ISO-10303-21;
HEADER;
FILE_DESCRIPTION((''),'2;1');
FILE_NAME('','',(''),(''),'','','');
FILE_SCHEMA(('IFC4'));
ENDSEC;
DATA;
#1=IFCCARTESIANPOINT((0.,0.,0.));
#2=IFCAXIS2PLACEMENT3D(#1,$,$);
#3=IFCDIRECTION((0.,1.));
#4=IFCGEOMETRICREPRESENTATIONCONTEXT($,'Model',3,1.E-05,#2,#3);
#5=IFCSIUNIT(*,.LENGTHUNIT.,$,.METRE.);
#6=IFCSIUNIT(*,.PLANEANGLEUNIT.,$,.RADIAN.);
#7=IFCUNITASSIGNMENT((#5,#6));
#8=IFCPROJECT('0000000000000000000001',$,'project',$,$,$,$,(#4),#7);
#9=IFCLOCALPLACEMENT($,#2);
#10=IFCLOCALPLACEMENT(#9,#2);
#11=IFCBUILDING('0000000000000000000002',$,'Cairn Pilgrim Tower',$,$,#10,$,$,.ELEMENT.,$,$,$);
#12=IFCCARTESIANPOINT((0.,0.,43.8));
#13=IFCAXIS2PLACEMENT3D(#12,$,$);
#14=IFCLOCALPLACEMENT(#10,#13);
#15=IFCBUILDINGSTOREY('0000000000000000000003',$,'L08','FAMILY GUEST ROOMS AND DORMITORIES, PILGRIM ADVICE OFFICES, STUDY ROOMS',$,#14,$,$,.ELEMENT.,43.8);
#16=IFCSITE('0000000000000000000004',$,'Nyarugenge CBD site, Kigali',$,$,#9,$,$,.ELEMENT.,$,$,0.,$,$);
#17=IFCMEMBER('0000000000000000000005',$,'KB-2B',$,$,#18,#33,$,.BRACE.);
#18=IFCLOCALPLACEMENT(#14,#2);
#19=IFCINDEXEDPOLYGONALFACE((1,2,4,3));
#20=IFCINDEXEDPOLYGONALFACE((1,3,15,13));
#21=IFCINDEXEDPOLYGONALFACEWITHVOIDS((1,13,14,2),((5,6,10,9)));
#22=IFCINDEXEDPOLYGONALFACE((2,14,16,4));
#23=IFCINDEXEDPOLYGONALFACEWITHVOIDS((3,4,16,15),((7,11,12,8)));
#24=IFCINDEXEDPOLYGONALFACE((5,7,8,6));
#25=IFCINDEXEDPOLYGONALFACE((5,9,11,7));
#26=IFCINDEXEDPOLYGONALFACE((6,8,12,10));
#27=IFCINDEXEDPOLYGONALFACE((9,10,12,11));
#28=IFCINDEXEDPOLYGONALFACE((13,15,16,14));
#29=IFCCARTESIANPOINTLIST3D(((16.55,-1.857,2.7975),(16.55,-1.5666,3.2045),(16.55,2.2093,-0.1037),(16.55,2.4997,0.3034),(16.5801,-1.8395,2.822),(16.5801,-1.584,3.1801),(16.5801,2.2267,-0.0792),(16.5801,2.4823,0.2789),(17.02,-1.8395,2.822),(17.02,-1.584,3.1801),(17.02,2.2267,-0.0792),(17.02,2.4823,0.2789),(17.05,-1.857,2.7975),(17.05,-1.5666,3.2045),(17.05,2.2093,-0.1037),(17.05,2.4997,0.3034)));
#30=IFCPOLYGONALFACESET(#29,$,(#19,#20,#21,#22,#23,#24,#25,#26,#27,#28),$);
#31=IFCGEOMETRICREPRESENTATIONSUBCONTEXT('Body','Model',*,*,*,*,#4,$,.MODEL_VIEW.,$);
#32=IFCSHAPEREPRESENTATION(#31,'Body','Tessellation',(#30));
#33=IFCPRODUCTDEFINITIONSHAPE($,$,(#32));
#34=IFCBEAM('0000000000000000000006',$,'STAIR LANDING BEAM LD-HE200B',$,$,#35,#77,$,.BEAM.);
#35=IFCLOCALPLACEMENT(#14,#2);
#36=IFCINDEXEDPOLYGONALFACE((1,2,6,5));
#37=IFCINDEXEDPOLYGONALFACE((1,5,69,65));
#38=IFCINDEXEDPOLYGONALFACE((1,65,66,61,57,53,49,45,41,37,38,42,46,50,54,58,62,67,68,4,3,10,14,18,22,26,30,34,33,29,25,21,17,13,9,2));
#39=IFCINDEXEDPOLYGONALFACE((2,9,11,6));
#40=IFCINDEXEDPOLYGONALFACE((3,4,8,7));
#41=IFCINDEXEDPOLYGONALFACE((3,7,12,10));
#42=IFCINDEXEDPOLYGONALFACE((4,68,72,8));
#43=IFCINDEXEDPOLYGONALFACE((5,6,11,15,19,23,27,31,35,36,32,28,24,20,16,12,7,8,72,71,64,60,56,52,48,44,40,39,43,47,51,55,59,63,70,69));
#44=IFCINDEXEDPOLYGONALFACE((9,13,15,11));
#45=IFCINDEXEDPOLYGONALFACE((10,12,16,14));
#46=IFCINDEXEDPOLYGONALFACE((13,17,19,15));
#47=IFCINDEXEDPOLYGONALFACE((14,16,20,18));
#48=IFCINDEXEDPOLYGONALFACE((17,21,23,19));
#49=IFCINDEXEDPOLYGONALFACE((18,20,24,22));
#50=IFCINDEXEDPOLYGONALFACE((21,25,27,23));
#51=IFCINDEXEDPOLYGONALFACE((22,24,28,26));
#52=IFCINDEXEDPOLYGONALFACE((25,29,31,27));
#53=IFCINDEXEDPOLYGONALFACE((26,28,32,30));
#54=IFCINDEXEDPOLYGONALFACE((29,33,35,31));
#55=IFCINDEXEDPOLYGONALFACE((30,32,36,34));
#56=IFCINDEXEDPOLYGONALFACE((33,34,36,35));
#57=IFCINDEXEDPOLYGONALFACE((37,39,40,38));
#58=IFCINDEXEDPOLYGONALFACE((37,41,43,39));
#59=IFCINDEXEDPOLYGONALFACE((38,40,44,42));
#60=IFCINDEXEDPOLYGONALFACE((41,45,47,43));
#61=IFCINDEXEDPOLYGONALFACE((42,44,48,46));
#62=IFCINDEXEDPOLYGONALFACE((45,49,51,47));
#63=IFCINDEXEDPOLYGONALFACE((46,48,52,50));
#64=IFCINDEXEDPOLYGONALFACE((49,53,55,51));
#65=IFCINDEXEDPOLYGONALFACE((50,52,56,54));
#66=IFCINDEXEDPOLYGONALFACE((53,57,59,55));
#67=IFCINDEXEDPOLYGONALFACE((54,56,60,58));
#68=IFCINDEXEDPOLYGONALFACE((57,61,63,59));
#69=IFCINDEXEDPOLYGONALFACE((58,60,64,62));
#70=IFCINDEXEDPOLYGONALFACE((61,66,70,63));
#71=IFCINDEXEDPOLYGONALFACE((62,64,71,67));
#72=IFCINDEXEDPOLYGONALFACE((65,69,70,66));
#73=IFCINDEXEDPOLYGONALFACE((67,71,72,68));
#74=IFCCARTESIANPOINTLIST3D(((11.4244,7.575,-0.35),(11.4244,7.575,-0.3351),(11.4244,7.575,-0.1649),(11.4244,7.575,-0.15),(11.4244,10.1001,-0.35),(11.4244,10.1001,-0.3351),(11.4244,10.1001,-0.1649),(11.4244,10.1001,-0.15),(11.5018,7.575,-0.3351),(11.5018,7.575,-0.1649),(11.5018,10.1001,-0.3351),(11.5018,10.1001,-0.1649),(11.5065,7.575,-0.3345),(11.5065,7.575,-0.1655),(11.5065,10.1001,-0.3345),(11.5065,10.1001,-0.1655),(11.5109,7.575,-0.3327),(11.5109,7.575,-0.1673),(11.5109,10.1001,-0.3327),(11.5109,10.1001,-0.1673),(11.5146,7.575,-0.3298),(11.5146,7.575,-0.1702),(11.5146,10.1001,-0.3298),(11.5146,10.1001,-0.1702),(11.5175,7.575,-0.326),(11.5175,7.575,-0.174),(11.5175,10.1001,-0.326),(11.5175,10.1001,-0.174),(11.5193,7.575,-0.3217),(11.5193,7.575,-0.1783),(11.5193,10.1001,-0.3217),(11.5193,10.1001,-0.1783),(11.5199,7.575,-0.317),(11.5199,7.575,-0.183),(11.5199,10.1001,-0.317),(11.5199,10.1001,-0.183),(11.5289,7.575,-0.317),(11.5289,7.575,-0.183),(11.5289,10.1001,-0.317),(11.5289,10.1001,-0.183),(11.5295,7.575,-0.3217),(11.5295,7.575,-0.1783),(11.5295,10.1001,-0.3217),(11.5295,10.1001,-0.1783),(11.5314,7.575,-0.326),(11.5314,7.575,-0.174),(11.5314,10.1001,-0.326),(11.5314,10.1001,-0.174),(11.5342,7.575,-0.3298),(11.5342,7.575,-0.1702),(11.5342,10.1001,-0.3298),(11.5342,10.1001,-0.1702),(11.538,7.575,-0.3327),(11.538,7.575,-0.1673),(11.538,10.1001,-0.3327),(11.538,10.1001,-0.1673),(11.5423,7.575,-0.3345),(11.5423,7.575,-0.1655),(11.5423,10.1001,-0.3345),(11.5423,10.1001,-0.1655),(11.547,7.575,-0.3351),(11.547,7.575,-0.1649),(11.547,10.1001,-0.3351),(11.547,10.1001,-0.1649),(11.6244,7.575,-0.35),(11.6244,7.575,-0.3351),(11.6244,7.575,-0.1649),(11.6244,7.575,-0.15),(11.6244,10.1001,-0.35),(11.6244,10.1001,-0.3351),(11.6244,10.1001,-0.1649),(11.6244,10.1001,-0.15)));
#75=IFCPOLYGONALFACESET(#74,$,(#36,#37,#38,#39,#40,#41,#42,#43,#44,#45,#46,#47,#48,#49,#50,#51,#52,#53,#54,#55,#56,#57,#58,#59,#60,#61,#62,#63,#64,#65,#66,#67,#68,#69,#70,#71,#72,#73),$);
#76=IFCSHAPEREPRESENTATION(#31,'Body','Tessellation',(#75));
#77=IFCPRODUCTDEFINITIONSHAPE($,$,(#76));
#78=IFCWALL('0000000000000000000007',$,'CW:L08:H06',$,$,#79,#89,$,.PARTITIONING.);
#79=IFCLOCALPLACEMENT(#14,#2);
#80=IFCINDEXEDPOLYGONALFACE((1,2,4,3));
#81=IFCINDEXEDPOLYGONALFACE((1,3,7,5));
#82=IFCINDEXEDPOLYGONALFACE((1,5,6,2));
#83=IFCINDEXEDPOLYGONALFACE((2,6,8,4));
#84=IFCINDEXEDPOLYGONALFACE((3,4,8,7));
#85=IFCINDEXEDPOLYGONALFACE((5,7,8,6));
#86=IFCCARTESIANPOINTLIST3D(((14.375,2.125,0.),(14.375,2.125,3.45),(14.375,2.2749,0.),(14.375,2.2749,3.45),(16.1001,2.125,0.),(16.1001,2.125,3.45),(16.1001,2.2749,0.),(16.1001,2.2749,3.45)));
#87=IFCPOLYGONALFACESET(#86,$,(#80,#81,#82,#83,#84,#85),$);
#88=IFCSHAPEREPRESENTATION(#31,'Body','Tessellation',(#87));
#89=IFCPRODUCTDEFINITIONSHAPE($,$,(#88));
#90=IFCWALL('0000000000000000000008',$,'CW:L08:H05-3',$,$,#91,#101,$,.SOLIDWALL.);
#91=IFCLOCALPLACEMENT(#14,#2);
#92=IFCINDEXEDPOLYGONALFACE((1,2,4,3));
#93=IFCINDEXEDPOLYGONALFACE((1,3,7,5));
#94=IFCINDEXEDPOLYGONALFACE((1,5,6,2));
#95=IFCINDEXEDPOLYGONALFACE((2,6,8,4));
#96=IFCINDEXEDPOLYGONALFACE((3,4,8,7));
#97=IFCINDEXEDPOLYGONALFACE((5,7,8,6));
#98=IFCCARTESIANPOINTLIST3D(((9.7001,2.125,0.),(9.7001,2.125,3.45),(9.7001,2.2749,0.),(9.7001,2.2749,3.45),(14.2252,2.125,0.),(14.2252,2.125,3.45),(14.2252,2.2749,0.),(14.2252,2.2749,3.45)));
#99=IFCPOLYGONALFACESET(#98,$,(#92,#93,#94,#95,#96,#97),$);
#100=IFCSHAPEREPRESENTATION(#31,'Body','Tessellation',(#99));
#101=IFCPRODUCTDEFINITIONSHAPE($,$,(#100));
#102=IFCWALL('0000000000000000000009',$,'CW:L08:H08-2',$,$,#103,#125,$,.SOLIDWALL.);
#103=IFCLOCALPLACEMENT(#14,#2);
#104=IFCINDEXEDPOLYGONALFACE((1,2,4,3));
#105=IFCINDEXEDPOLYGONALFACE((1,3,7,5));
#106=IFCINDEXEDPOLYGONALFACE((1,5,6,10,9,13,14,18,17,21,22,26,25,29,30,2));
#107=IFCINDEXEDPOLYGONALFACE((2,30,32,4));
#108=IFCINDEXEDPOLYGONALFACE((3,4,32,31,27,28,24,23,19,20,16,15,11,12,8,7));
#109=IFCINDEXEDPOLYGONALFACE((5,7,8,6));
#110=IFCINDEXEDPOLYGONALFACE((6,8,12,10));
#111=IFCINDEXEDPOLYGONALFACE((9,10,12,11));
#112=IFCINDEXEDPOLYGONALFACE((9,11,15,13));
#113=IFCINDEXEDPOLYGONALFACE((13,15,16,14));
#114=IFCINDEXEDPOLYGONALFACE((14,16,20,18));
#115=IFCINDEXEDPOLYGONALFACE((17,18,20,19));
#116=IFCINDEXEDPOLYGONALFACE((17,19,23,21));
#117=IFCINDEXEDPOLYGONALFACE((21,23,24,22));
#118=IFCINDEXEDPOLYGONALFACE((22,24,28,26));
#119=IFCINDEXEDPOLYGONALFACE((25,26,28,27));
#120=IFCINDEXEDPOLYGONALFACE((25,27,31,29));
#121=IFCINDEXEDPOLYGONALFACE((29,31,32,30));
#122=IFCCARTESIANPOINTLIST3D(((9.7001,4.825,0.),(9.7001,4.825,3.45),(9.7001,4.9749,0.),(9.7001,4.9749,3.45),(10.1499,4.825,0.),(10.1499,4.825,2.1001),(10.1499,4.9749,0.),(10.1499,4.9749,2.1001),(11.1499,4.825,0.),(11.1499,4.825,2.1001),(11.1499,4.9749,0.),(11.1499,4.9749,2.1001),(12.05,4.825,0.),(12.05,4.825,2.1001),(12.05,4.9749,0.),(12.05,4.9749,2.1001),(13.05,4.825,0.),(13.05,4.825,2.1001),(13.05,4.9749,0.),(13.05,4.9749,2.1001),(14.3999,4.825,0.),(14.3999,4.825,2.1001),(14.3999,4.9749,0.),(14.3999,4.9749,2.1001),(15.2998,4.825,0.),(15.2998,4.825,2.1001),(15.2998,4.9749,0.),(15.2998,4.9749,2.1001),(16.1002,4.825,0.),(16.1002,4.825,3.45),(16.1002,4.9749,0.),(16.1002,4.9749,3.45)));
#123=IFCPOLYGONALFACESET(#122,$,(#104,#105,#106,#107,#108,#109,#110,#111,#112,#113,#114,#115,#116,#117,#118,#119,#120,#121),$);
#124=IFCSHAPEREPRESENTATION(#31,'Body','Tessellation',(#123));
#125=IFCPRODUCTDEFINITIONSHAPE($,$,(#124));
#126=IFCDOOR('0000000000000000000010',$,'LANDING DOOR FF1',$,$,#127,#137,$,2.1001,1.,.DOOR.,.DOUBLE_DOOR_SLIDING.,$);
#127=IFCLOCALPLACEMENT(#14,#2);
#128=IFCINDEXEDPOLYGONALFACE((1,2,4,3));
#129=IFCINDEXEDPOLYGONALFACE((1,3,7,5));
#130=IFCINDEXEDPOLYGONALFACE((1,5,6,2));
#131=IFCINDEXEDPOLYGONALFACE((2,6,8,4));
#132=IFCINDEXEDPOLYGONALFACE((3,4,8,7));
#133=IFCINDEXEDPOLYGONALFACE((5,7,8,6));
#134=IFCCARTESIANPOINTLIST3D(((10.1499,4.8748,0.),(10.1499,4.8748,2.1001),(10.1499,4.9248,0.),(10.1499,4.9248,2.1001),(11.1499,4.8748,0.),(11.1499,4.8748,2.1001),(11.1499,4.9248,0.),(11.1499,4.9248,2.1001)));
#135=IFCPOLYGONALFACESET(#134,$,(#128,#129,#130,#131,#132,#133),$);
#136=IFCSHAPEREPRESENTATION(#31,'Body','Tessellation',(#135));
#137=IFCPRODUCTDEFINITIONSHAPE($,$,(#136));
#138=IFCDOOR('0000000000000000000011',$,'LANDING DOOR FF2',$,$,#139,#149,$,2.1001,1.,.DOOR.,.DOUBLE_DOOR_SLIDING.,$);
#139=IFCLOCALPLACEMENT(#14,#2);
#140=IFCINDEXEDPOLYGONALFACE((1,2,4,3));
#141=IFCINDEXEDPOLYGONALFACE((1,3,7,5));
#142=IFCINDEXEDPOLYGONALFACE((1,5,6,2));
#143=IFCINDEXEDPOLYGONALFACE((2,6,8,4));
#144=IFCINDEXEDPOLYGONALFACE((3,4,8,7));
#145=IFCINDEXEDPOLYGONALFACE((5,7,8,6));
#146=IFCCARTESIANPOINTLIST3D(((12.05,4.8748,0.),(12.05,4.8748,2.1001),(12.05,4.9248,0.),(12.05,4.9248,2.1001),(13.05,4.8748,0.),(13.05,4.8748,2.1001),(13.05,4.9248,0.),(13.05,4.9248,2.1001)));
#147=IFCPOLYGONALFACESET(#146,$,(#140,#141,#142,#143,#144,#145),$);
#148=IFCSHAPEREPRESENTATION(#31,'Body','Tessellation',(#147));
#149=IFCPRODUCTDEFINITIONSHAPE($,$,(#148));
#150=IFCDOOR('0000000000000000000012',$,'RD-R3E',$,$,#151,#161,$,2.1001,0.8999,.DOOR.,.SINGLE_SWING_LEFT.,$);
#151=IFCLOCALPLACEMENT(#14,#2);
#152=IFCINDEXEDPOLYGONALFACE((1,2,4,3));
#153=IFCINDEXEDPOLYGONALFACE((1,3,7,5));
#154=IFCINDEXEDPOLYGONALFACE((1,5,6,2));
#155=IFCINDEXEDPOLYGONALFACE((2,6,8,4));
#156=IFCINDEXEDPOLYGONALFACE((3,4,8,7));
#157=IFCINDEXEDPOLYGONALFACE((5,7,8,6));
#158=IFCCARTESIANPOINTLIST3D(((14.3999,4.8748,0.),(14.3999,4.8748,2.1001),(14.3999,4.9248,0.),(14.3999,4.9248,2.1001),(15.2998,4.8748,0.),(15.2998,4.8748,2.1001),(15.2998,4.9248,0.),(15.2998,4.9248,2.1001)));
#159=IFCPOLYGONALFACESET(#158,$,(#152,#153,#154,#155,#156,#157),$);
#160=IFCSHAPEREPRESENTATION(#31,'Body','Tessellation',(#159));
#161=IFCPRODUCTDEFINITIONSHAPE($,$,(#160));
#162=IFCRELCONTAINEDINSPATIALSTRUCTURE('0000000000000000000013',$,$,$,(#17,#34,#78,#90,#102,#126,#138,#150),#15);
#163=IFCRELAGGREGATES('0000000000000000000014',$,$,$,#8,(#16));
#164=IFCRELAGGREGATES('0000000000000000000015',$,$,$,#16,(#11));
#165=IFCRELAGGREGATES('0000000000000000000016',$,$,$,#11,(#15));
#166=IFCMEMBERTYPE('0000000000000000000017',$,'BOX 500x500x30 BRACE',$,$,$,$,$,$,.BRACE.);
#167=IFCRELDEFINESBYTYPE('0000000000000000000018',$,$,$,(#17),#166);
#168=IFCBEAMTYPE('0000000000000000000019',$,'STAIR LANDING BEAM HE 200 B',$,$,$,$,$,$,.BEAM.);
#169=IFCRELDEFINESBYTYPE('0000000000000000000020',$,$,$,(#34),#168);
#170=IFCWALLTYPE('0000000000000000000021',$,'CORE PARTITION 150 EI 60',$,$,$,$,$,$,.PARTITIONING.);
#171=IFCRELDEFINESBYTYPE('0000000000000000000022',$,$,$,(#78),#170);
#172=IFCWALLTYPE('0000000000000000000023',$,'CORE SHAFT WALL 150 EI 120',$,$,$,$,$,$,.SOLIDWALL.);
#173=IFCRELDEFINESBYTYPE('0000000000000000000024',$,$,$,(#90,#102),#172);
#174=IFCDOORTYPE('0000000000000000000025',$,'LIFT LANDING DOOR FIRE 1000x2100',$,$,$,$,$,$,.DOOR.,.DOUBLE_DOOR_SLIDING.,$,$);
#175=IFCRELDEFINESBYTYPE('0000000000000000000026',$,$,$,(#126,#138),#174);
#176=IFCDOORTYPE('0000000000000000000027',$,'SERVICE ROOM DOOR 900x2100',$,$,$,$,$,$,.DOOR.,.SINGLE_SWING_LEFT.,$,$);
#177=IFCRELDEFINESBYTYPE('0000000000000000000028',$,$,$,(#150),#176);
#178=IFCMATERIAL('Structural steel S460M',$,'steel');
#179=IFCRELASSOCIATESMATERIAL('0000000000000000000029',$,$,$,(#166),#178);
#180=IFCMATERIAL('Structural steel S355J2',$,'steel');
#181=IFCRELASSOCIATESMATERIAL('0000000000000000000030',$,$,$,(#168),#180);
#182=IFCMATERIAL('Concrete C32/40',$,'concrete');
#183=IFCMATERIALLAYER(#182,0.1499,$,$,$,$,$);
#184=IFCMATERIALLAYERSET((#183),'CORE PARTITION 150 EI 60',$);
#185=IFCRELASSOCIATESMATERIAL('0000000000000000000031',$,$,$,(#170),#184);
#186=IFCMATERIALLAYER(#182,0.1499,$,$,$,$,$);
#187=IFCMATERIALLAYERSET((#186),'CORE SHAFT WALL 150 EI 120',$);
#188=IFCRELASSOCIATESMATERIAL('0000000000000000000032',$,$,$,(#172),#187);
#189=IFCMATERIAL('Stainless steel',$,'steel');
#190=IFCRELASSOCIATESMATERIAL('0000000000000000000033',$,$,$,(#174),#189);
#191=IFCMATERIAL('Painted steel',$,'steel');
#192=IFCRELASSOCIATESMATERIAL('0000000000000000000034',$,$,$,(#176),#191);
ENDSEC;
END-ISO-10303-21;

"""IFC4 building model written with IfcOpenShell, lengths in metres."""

from ifc_helpers import new_model, si_unit, direction, frame, frame_2d, origin, origin_2d, place, context, subcontext, project, spatial, rectangle, hollow_rectangle, i_section, extrude, material, layer, layer_set, material_profile, profile_set, type_object, element, fill, save


model = new_model("IFC4")

# Units and contexts
model_context = context("Model", 3, precision=1e-05, world=origin(), true_north=direction((0.0, 1.0)))
body_context = subcontext(model_context, "Body", "Model", "MODEL_VIEW")
ifc_project = project(units=[si_unit("LENGTHUNIT", "METRE"), si_unit("PLANEANGLEUNIT", "RADIAN")], contexts=[model_context])

# Site, building, storey
site_placement = place(None, origin())
site = spatial("IfcSite", under=ifc_project, at=site_placement, Name="Nyarugenge CBD site, Kigali", CompositionType="ELEMENT", RefElevation=0.0)
building_placement = place(site_placement, origin())
building = spatial("IfcBuilding", under=site, at=building_placement, Name="Cairn Pilgrim Tower", CompositionType="ELEMENT")
storey_placement = place(building_placement, frame((0.0, 0.0, 43.8)))
storey = spatial("IfcBuildingStorey", under=building, at=storey_placement, Name="L08", Description="FAMILY GUEST ROOMS AND DORMITORIES, PILGRIM ADVICE OFFICES, STUDY ROOMS", CompositionType="ELEMENT", Elevation=43.8)

# Member
ifc_material_1 = material(Name="Structural steel S460M", Category="steel")
ifc_material_profile_1 = material_profile(ifc_material_1, hollow_rectangle(XDim=0.5, YDim=0.5, WallThickness=0.03, at=origin_2d()), Name="BOX 500x500x30")
ifc_profile_set_1 = profile_set([ifc_material_profile_1], Name="Structural steel S460M")
member_type = type_object("IfcMemberType", Name="BOX 500x500x30 BRACE", PredefinedType="BRACE", material=ifc_profile_set_1)
member_placement = place(storey_placement, frame((16.8, 2.3545, 0.0999), z_axis=(0.0, -0.814044, 0.580804), x_axis=(1.0, 0.0, 0.0)))
element("IfcMember", 1, at=member_placement, inside=storey, type_object=member_type, Name="KB-2B", PredefinedType="BRACE", context=body_context, shape_type="SweptSolid", body=[
    extrude(hollow_rectangle(XDim=0.5, YDim=0.5, WallThickness=0.03, at=origin_2d()), origin(), (0.0, 0.0, 1.0), 4.9951),
])

# Beam
ifc_material_2 = material(Name="Structural steel S355J2", Category="steel")
ifc_material_profile_2 = material_profile(ifc_material_2, i_section(OverallWidth=0.2, OverallDepth=0.2, WebThickness=0.009, FlangeThickness=0.0149, FilletRadius=0.0181, at=origin_2d()), Name="HE 200 B")
ifc_profile_set_2 = profile_set([ifc_material_profile_2], Name="Structural steel S355J2")
beam_type = type_object("IfcBeamType", Name="STAIR LANDING BEAM HE 200 B", PredefinedType="BEAM", material=ifc_profile_set_2)
beam_placement = place(storey_placement, frame((11.5244, 10.1001, -0.25), z_axis=(0.0, -1.0, 0.0), x_axis=(1.0, 0.0, 0.0)))
element("IfcBeam", 2, at=beam_placement, inside=storey, type_object=beam_type, Name="STAIR LANDING BEAM LD-HE200B", PredefinedType="BEAM", context=body_context, shape_type="SweptSolid", body=[
    extrude(i_section(OverallWidth=0.2, OverallDepth=0.2, WebThickness=0.009, FlangeThickness=0.0149, FilletRadius=0.0181, at=origin_2d()), origin(), (0.0, 0.0, 1.0), 2.5251),
])

# Walls
ifc_material_3 = material(Name="Concrete C32/40", Category="concrete")
ifc_layer_1 = layer(ifc_material_3, 0.1499)
ifc_layer_set_1 = layer_set([ifc_layer_1], Name="CORE PARTITION 150 EI 60")
wall_type_1 = type_object("IfcWallType", Name="CORE PARTITION 150 EI 60", PredefinedType="PARTITIONING", material=ifc_layer_set_1)
wall_1_placement = place(storey_placement, frame((14.375, 2.2, 0.0), z_axis=(0.0, 0.0, 1.0), x_axis=(1.0, 0.0, 0.0)))
element("IfcWall", 3, at=wall_1_placement, inside=storey, type_object=wall_type_1, Name="CW:L08:H06", PredefinedType="PARTITIONING", context=body_context, shape_type="SweptSolid", body=[
    extrude(rectangle(XDim=1.7251, YDim=0.1499, at=frame_2d((0.8625, 0.0))), origin(), (0.0, 0.0, 1.0), 3.45),
])
ifc_layer_2 = layer(ifc_material_3, 0.1499)
ifc_layer_set_2 = layer_set([ifc_layer_2], Name="CORE SHAFT WALL 150 EI 120")
wall_type_2 = type_object("IfcWallType", Name="CORE SHAFT WALL 150 EI 120", PredefinedType="SOLIDWALL", material=ifc_layer_set_2)
wall_2_placement = place(storey_placement, frame((9.7, 2.2, 0.0), z_axis=(0.0, 0.0, 1.0), x_axis=(1.0, 0.0, 0.0)))
element("IfcWall", 4, at=wall_2_placement, inside=storey, type_object=wall_type_2, Name="CW:L08:H05-3", PredefinedType="SOLIDWALL", context=body_context, shape_type="SweptSolid", body=[
    extrude(rectangle(XDim=4.5251, YDim=0.1499, at=frame_2d((2.2627, 0.0))), origin(), (0.0, 0.0, 1.0), 3.45),
])

# Wall, openings, doors
wall_3_placement = place(storey_placement, frame((9.7, 4.8999, 0.0), z_axis=(0.0, 0.0, 1.0), x_axis=(1.0, 0.0, 0.0)))
wall_3 = element("IfcWall", 5, at=wall_3_placement, inside=storey, type_object=wall_type_2, Name="CW:L08:H08-2", PredefinedType="SOLIDWALL", context=body_context, shape_type="SweptSolid", body=[
    extrude(rectangle(XDim=6.4001, YDim=0.1499, at=frame_2d((3.2002, 0.0))), origin(), (0.0, 0.0, 1.0), 3.45),
])
opening_1_placement = place(wall_3_placement, frame((0.45, 0.0, 0.0)))
opening_1 = element("IfcOpeningElement", 6, at=opening_1_placement, cuts=wall_3, PredefinedType="OPENING", context=body_context, shape_type="SweptSolid", body=[
    extrude(rectangle(XDim=1.0, YDim=2.1001, at=frame_2d((0.5, 1.05))), frame((0.0, 0.085, 0.0), z_axis=(0.0, -1.0, 0.0), x_axis=(1.0, 0.0, 0.0)), (0.0, 0.0, 1.0), 0.1699),
])
opening_2_placement = place(wall_3_placement, frame((2.3501, 0.0, 0.0)))
opening_2 = element("IfcOpeningElement", 7, at=opening_2_placement, cuts=wall_3, PredefinedType="OPENING", context=body_context, shape_type="SweptSolid", body=[
    extrude(rectangle(XDim=1.0, YDim=2.1001, at=frame_2d((0.5, 1.05))), frame((0.0, 0.085, 0.0), z_axis=(0.0, -1.0, 0.0), x_axis=(1.0, 0.0, 0.0)), (0.0, 0.0, 1.0), 0.1699),
])
opening_3_placement = place(wall_3_placement, frame((4.7, 0.0, 0.0)))
opening_3 = element("IfcOpeningElement", 8, at=opening_3_placement, cuts=wall_3, PredefinedType="OPENING", context=body_context, shape_type="SweptSolid", body=[
    extrude(rectangle(XDim=0.8999, YDim=2.1001, at=frame_2d((0.45, 1.05))), frame((0.0, 0.085, 0.0), z_axis=(0.0, -1.0, 0.0), x_axis=(1.0, 0.0, 0.0)), (0.0, 0.0, 1.0), 0.1699),
])
ifc_material_4 = material(Name="Stainless steel", Category="steel")
door_type_1 = type_object("IfcDoorType", Name="LIFT LANDING DOOR FIRE 1000x2100", OperationType="DOUBLE_DOOR_SLIDING", PredefinedType="DOOR", material=ifc_material_4)
door_1_placement = place(opening_1_placement, origin())
door_1 = element("IfcDoor", 9, at=door_1_placement, inside=storey, type_object=door_type_1, Name="LANDING DOOR FF1", OperationType="DOUBLE_DOOR_SLIDING", OverallHeight=2.1001, OverallWidth=1.0, PredefinedType="DOOR", context=body_context, shape_type="SweptSolid", body=[
    extrude(rectangle(XDim=1.0, YDim=2.1001, at=frame_2d((0.5, 1.05))), frame((0.0, 0.0249, 0.0), z_axis=(0.0, -1.0, 0.0), x_axis=(1.0, 0.0, 0.0)), (0.0, 0.0, 1.0), 0.05),
])
fill(opening_1, door_1)
door_2_placement = place(opening_2_placement, origin())
door_2 = element("IfcDoor", 10, at=door_2_placement, inside=storey, type_object=door_type_1, Name="LANDING DOOR FF2", OperationType="DOUBLE_DOOR_SLIDING", OverallHeight=2.1001, OverallWidth=1.0, PredefinedType="DOOR", context=body_context, shape_type="SweptSolid", body=[
    extrude(rectangle(XDim=1.0, YDim=2.1001, at=frame_2d((0.5, 1.05))), frame((0.0, 0.0249, 0.0), z_axis=(0.0, -1.0, 0.0), x_axis=(1.0, 0.0, 0.0)), (0.0, 0.0, 1.0), 0.05),
])
fill(opening_2, door_2)
ifc_material_5 = material(Name="Painted steel", Category="steel")
door_type_2 = type_object("IfcDoorType", Name="SERVICE ROOM DOOR 900x2100", OperationType="SINGLE_SWING_LEFT", PredefinedType="DOOR", material=ifc_material_5)
door_3_placement = place(opening_3_placement, origin())
door_3 = element("IfcDoor", 11, at=door_3_placement, inside=storey, type_object=door_type_2, Name="RD-R3E", OperationType="SINGLE_SWING_LEFT", OverallHeight=2.1001, OverallWidth=0.8999, PredefinedType="DOOR", context=body_context, shape_type="SweptSolid", body=[
    extrude(rectangle(XDim=0.8999, YDim=2.1001, at=frame_2d((0.45, 1.05))), frame((0.0, 0.0249, 0.0), z_axis=(0.0, -1.0, 0.0), x_axis=(1.0, 0.0, 0.0)), (0.0, 0.0, 1.0), 0.05),
])
fill(opening_3, door_3)

save(model, "model.ifc")
